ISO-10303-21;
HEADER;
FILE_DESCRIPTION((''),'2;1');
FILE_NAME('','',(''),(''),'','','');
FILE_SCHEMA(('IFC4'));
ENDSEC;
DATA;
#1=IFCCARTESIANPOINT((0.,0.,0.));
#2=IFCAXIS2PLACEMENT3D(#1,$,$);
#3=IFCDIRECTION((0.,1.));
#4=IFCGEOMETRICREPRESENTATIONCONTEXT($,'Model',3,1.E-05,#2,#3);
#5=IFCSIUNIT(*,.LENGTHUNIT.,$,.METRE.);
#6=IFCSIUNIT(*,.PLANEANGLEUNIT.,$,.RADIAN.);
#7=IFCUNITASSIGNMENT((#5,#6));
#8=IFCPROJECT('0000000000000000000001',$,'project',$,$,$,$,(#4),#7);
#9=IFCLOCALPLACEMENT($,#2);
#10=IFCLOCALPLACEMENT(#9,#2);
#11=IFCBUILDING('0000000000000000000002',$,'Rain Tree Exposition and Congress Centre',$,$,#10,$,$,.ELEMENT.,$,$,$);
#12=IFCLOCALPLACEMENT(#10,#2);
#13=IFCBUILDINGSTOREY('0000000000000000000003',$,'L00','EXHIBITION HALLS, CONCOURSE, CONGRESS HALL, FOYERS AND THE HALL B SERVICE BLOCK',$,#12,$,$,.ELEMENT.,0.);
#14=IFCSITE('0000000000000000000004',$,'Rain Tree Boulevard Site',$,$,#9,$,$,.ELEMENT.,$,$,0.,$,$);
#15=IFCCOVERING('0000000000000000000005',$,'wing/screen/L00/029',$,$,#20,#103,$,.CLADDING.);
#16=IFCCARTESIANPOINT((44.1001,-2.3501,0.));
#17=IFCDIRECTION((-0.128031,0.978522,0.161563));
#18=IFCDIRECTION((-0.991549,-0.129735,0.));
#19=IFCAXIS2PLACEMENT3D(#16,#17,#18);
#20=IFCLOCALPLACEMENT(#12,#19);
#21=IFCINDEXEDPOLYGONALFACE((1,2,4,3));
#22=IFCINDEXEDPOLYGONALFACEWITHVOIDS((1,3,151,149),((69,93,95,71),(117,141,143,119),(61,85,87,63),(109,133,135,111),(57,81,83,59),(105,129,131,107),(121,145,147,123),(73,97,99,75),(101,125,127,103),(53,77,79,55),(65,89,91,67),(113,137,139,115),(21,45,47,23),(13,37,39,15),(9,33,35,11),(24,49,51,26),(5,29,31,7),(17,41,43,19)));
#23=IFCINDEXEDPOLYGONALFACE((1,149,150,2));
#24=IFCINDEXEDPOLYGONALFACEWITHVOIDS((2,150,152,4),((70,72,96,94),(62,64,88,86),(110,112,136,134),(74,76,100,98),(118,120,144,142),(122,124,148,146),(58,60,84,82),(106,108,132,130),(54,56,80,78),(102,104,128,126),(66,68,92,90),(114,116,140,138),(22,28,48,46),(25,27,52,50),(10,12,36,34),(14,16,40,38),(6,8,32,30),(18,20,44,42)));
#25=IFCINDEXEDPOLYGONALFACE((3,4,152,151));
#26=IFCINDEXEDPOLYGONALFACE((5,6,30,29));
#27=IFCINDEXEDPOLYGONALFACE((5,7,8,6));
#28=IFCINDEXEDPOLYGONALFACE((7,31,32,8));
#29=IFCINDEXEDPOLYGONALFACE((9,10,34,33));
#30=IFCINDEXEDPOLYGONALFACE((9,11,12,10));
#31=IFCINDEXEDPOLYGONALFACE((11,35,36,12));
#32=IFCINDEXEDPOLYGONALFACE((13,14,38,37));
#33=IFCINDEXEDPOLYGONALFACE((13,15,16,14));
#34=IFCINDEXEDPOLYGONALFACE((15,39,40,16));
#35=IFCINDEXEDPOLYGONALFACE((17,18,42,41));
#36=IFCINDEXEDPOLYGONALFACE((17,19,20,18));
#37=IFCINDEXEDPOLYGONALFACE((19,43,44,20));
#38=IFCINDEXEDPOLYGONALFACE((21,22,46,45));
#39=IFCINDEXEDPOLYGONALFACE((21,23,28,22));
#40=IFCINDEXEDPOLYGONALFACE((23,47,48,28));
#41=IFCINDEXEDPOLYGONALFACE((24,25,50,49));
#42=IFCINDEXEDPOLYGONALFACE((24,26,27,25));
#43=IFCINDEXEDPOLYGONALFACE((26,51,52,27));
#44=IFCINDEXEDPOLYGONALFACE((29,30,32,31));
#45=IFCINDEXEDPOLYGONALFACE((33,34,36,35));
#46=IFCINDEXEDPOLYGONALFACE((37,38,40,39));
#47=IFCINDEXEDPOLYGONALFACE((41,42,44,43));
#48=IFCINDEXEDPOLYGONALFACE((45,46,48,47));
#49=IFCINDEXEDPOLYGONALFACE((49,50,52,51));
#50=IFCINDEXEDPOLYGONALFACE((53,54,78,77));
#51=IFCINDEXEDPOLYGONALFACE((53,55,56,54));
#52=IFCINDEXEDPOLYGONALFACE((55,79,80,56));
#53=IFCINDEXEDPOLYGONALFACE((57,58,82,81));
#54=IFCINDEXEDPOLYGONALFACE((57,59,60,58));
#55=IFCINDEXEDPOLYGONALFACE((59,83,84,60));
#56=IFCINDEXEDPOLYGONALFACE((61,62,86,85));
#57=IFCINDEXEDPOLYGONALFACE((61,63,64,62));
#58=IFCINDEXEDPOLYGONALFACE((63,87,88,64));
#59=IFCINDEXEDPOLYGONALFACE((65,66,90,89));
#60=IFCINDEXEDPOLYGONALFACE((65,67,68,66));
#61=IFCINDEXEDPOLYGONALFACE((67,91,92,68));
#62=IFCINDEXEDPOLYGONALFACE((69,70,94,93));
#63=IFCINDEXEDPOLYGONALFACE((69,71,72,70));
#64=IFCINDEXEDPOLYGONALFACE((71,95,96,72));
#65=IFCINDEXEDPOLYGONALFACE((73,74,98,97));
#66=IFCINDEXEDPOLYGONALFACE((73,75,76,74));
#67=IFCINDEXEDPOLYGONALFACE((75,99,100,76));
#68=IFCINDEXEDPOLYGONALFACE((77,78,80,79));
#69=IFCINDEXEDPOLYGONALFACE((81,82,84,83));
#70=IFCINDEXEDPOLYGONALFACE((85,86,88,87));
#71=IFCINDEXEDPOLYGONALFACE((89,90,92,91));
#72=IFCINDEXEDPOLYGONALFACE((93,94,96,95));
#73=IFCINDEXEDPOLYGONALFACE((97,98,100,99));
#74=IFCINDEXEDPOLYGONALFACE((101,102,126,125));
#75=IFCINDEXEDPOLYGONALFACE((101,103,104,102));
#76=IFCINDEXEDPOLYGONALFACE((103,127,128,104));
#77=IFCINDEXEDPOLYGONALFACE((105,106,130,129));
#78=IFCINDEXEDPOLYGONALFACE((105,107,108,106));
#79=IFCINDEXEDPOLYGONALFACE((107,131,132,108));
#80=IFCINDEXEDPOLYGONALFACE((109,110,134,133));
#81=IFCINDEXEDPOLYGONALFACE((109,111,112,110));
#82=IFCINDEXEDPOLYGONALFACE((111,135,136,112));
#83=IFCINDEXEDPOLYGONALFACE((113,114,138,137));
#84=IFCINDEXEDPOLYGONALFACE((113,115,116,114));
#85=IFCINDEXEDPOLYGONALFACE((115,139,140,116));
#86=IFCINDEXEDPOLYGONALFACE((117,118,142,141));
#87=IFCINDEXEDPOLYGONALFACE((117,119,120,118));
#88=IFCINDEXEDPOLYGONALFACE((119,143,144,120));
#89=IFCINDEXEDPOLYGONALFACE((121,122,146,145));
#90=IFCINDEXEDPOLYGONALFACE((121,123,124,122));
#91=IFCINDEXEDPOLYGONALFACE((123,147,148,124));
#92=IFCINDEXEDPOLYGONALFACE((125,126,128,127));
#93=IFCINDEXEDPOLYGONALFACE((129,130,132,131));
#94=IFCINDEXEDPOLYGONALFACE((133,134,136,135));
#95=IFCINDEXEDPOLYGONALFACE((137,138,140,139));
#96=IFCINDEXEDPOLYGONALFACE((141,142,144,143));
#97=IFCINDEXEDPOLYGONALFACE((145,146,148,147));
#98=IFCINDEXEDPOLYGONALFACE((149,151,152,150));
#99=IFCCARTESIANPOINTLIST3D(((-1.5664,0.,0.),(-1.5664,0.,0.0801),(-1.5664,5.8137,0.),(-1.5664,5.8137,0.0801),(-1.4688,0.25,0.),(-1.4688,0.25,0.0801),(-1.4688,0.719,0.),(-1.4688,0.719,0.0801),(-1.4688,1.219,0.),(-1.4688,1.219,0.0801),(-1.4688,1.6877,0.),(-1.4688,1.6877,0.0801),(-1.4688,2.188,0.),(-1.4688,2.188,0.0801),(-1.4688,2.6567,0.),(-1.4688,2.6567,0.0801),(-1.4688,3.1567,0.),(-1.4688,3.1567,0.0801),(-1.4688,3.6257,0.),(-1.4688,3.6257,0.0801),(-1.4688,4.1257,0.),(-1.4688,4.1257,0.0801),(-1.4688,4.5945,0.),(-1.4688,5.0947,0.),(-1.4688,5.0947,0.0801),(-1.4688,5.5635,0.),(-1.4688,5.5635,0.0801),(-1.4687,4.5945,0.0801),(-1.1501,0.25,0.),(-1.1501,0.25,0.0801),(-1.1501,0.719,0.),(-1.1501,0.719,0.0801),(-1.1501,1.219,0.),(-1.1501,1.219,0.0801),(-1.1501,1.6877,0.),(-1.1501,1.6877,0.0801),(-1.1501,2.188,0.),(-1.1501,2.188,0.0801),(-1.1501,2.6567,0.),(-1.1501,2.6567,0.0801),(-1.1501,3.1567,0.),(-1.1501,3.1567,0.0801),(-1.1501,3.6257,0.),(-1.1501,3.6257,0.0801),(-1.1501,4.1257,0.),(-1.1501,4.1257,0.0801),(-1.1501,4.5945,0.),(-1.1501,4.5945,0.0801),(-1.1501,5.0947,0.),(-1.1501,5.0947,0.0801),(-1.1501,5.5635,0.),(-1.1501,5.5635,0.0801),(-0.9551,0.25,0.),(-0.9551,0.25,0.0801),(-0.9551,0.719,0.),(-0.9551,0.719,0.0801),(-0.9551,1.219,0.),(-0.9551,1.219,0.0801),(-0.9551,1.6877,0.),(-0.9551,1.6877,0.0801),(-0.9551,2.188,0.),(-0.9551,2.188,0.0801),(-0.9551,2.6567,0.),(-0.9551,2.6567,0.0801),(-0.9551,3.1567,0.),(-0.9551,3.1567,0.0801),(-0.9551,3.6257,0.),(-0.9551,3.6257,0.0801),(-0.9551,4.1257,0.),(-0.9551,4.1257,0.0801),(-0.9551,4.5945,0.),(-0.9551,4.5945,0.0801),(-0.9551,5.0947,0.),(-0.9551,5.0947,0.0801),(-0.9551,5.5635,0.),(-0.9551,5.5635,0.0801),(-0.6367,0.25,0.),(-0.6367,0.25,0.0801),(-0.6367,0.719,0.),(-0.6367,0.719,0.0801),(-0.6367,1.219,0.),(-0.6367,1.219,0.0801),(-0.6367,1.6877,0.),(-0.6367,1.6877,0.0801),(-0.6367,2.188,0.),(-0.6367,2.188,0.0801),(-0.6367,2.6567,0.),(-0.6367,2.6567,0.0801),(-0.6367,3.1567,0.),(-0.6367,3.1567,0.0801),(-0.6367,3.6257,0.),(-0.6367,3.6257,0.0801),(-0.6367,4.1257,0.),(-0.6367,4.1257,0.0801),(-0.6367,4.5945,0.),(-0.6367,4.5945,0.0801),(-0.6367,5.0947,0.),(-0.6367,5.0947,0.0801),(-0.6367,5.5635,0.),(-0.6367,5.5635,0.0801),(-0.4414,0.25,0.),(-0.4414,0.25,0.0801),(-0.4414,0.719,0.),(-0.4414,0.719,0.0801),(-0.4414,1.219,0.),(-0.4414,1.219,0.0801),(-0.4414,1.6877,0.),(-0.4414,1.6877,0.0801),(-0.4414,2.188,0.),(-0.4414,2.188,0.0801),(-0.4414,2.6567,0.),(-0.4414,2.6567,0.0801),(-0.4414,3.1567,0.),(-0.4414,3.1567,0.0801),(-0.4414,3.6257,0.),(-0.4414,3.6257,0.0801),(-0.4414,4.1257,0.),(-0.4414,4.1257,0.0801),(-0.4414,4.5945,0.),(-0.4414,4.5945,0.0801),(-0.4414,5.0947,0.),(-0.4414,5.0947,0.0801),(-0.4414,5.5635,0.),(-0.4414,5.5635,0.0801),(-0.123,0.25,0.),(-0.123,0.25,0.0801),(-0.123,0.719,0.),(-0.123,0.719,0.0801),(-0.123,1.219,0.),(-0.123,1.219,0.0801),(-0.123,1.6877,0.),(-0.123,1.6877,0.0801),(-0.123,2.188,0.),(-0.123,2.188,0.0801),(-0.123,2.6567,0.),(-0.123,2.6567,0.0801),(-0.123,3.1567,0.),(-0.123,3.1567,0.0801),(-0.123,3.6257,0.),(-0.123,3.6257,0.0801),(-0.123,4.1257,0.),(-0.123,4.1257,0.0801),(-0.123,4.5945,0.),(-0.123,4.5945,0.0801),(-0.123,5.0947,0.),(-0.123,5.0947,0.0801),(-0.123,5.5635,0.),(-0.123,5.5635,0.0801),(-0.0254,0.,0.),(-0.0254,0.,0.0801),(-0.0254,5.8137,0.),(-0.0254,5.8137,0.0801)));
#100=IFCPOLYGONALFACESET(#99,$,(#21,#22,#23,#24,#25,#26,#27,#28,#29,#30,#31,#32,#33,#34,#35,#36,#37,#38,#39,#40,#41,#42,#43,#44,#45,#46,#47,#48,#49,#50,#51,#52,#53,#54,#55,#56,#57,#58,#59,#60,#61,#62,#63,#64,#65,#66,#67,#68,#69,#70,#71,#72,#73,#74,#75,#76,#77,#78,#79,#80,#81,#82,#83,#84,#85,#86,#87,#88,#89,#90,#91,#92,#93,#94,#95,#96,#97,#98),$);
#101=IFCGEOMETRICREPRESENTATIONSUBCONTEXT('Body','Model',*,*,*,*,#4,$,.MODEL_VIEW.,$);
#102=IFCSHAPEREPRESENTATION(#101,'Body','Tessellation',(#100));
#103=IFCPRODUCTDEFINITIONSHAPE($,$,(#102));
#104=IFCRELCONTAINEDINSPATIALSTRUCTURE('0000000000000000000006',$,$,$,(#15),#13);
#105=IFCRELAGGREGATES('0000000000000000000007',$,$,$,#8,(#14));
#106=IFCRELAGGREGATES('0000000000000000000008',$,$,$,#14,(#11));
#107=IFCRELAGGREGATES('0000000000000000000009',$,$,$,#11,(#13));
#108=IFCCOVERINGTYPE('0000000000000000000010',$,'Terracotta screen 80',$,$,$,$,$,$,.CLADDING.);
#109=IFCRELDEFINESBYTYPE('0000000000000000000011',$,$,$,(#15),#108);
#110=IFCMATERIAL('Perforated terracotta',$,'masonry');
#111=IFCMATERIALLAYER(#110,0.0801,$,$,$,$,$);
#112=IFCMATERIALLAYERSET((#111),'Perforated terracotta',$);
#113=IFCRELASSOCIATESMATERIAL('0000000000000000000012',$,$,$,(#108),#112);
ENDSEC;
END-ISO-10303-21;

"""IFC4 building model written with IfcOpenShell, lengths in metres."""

from ifc_helpers import new_model, si_unit, direction, frame, origin, place, context, subcontext, project, spatial, polyline, outline, extrude, material, layer, layer_set, type_object, element, save


model = new_model("IFC4")

# Units and contexts
model_context = context("Model", 3, precision=1e-05, world=origin(), true_north=direction((0.0, 1.0)))
body_context = subcontext(model_context, "Body", "Model", "MODEL_VIEW")
ifc_project = project(units=[si_unit("LENGTHUNIT", "METRE"), si_unit("PLANEANGLEUNIT", "RADIAN")], contexts=[model_context])

# Site, building, storey
site_placement = place(None, origin())
site = spatial("IfcSite", under=ifc_project, at=site_placement, Name="Rain Tree Boulevard Site", CompositionType="ELEMENT", RefElevation=0.0)
building_placement = place(site_placement, origin())
building = spatial("IfcBuilding", under=site, at=building_placement, Name="Rain Tree Exposition and Congress Centre", CompositionType="ELEMENT")
storey_placement = place(building_placement, origin())
storey = spatial("IfcBuildingStorey", under=building, at=storey_placement, Name="L00", Description="EXHIBITION HALLS, CONCOURSE, CONGRESS HALL, FOYERS AND THE HALL B SERVICE BLOCK", CompositionType="ELEMENT", Elevation=0.0)

# Covering
ifc_material_1 = material(Name="Perforated terracotta", Category="masonry")
ifc_layer_1 = layer(ifc_material_1, 0.0801)
ifc_layer_set_1 = layer_set([ifc_layer_1], Name="Perforated terracotta")
covering_type = type_object("IfcCoveringType", Name="Terracotta screen 80", PredefinedType="CLADDING", material=ifc_layer_set_1)
covering_1_placement = place(storey_placement, frame((44.1001, -2.3501, 0.0), z_axis=(-0.128031, 0.978522, 0.161563), x_axis=(-0.991549, -0.129735, 0.0)))
element("IfcCovering", 1, at=covering_1_placement, inside=storey, type_object=covering_type, Name="wing/screen/L00/029", PredefinedType="CLADDING", context=body_context, shape_type="SweptSolid", body=[
    extrude(outline(polyline([(-1.5664, 0.0), (-1.5664, 5.8137), (-0.0254, 5.8137), (-0.0254, 0.0), (-1.5664, 0.0)]), holes=[polyline([(-0.123, 0.25), (-0.123, 0.719), (-0.4414, 0.719), (-0.4414, 0.25), (-0.123, 0.25)]), polyline([(-0.123, 1.219), (-0.123, 1.6877), (-0.4414, 1.6877), (-0.4414, 1.219), (-0.123, 1.219)]), polyline([(-0.123, 2.188), (-0.123, 2.6567), (-0.4414, 2.6567), (-0.4414, 2.188), (-0.123, 2.188)]), polyline([(-0.123, 3.1567), (-0.123, 3.6257), (-0.4414, 3.6257), (-0.4414, 3.1567), (-0.123, 3.1567)]), polyline([(-0.123, 4.1257), (-0.123, 4.5945), (-0.4414, 4.5945), (-0.4414, 4.1257), (-0.123, 4.1257)]), polyline([(-0.123, 5.0947), (-0.123, 5.5635), (-0.4414, 5.5635), (-0.4414, 5.0947), (-0.123, 5.0947)]), polyline([(-0.6367, 0.25), (-0.6367, 0.719), (-0.9551, 0.719), (-0.9551, 0.25), (-0.6367, 0.25)]), polyline([(-0.6367, 1.219), (-0.6367, 1.6877), (-0.9551, 1.6877), (-0.9551, 1.219), (-0.6367, 1.219)]), polyline([(-0.6367, 2.188), (-0.6367, 2.6567), (-0.9551, 2.6567), (-0.9551, 2.188), (-0.6367, 2.188)]), polyline([(-0.6367, 3.1567), (-0.6367, 3.6257), (-0.9551, 3.6257), (-0.9551, 3.1567), (-0.6367, 3.1567)]), polyline([(-0.6367, 4.1257), (-0.6367, 4.5945), (-0.9551, 4.5945), (-0.9551, 4.1257), (-0.6367, 4.1257)]), polyline([(-0.6367, 5.0947), (-0.6367, 5.5635), (-0.9551, 5.5635), (-0.9551, 5.0947), (-0.6367, 5.0947)]), polyline([(-1.1501, 0.25), (-1.1501, 0.719), (-1.4688, 0.719), (-1.4688, 0.25), (-1.1501, 0.25)]), polyline([(-1.1501, 1.219), (-1.1501, 1.6877), (-1.4688, 1.6877), (-1.4688, 1.219), (-1.1501, 1.219)]), polyline([(-1.1501, 2.188), (-1.1501, 2.6567), (-1.4688, 2.6567), (-1.4688, 2.188), (-1.1501, 2.188)]), polyline([(-1.1501, 3.1567), (-1.1501, 3.6257), (-1.4688, 3.6257), (-1.4688, 3.1567), (-1.1501, 3.1567)]), polyline([(-1.1501, 4.1257), (-1.1501, 4.5945), (-1.4688, 4.5945), (-1.4688, 4.1257), (-1.1501, 4.1257)]), polyline([(-1.1501, 5.0947), (-1.1501, 5.5635), (-1.4688, 5.5635), (-1.4688, 5.0947), (-1.1501, 5.0947)])]), origin(), (0.0, 0.0, 1.0), 0.0801),
])

save(model, "model.ifc")
